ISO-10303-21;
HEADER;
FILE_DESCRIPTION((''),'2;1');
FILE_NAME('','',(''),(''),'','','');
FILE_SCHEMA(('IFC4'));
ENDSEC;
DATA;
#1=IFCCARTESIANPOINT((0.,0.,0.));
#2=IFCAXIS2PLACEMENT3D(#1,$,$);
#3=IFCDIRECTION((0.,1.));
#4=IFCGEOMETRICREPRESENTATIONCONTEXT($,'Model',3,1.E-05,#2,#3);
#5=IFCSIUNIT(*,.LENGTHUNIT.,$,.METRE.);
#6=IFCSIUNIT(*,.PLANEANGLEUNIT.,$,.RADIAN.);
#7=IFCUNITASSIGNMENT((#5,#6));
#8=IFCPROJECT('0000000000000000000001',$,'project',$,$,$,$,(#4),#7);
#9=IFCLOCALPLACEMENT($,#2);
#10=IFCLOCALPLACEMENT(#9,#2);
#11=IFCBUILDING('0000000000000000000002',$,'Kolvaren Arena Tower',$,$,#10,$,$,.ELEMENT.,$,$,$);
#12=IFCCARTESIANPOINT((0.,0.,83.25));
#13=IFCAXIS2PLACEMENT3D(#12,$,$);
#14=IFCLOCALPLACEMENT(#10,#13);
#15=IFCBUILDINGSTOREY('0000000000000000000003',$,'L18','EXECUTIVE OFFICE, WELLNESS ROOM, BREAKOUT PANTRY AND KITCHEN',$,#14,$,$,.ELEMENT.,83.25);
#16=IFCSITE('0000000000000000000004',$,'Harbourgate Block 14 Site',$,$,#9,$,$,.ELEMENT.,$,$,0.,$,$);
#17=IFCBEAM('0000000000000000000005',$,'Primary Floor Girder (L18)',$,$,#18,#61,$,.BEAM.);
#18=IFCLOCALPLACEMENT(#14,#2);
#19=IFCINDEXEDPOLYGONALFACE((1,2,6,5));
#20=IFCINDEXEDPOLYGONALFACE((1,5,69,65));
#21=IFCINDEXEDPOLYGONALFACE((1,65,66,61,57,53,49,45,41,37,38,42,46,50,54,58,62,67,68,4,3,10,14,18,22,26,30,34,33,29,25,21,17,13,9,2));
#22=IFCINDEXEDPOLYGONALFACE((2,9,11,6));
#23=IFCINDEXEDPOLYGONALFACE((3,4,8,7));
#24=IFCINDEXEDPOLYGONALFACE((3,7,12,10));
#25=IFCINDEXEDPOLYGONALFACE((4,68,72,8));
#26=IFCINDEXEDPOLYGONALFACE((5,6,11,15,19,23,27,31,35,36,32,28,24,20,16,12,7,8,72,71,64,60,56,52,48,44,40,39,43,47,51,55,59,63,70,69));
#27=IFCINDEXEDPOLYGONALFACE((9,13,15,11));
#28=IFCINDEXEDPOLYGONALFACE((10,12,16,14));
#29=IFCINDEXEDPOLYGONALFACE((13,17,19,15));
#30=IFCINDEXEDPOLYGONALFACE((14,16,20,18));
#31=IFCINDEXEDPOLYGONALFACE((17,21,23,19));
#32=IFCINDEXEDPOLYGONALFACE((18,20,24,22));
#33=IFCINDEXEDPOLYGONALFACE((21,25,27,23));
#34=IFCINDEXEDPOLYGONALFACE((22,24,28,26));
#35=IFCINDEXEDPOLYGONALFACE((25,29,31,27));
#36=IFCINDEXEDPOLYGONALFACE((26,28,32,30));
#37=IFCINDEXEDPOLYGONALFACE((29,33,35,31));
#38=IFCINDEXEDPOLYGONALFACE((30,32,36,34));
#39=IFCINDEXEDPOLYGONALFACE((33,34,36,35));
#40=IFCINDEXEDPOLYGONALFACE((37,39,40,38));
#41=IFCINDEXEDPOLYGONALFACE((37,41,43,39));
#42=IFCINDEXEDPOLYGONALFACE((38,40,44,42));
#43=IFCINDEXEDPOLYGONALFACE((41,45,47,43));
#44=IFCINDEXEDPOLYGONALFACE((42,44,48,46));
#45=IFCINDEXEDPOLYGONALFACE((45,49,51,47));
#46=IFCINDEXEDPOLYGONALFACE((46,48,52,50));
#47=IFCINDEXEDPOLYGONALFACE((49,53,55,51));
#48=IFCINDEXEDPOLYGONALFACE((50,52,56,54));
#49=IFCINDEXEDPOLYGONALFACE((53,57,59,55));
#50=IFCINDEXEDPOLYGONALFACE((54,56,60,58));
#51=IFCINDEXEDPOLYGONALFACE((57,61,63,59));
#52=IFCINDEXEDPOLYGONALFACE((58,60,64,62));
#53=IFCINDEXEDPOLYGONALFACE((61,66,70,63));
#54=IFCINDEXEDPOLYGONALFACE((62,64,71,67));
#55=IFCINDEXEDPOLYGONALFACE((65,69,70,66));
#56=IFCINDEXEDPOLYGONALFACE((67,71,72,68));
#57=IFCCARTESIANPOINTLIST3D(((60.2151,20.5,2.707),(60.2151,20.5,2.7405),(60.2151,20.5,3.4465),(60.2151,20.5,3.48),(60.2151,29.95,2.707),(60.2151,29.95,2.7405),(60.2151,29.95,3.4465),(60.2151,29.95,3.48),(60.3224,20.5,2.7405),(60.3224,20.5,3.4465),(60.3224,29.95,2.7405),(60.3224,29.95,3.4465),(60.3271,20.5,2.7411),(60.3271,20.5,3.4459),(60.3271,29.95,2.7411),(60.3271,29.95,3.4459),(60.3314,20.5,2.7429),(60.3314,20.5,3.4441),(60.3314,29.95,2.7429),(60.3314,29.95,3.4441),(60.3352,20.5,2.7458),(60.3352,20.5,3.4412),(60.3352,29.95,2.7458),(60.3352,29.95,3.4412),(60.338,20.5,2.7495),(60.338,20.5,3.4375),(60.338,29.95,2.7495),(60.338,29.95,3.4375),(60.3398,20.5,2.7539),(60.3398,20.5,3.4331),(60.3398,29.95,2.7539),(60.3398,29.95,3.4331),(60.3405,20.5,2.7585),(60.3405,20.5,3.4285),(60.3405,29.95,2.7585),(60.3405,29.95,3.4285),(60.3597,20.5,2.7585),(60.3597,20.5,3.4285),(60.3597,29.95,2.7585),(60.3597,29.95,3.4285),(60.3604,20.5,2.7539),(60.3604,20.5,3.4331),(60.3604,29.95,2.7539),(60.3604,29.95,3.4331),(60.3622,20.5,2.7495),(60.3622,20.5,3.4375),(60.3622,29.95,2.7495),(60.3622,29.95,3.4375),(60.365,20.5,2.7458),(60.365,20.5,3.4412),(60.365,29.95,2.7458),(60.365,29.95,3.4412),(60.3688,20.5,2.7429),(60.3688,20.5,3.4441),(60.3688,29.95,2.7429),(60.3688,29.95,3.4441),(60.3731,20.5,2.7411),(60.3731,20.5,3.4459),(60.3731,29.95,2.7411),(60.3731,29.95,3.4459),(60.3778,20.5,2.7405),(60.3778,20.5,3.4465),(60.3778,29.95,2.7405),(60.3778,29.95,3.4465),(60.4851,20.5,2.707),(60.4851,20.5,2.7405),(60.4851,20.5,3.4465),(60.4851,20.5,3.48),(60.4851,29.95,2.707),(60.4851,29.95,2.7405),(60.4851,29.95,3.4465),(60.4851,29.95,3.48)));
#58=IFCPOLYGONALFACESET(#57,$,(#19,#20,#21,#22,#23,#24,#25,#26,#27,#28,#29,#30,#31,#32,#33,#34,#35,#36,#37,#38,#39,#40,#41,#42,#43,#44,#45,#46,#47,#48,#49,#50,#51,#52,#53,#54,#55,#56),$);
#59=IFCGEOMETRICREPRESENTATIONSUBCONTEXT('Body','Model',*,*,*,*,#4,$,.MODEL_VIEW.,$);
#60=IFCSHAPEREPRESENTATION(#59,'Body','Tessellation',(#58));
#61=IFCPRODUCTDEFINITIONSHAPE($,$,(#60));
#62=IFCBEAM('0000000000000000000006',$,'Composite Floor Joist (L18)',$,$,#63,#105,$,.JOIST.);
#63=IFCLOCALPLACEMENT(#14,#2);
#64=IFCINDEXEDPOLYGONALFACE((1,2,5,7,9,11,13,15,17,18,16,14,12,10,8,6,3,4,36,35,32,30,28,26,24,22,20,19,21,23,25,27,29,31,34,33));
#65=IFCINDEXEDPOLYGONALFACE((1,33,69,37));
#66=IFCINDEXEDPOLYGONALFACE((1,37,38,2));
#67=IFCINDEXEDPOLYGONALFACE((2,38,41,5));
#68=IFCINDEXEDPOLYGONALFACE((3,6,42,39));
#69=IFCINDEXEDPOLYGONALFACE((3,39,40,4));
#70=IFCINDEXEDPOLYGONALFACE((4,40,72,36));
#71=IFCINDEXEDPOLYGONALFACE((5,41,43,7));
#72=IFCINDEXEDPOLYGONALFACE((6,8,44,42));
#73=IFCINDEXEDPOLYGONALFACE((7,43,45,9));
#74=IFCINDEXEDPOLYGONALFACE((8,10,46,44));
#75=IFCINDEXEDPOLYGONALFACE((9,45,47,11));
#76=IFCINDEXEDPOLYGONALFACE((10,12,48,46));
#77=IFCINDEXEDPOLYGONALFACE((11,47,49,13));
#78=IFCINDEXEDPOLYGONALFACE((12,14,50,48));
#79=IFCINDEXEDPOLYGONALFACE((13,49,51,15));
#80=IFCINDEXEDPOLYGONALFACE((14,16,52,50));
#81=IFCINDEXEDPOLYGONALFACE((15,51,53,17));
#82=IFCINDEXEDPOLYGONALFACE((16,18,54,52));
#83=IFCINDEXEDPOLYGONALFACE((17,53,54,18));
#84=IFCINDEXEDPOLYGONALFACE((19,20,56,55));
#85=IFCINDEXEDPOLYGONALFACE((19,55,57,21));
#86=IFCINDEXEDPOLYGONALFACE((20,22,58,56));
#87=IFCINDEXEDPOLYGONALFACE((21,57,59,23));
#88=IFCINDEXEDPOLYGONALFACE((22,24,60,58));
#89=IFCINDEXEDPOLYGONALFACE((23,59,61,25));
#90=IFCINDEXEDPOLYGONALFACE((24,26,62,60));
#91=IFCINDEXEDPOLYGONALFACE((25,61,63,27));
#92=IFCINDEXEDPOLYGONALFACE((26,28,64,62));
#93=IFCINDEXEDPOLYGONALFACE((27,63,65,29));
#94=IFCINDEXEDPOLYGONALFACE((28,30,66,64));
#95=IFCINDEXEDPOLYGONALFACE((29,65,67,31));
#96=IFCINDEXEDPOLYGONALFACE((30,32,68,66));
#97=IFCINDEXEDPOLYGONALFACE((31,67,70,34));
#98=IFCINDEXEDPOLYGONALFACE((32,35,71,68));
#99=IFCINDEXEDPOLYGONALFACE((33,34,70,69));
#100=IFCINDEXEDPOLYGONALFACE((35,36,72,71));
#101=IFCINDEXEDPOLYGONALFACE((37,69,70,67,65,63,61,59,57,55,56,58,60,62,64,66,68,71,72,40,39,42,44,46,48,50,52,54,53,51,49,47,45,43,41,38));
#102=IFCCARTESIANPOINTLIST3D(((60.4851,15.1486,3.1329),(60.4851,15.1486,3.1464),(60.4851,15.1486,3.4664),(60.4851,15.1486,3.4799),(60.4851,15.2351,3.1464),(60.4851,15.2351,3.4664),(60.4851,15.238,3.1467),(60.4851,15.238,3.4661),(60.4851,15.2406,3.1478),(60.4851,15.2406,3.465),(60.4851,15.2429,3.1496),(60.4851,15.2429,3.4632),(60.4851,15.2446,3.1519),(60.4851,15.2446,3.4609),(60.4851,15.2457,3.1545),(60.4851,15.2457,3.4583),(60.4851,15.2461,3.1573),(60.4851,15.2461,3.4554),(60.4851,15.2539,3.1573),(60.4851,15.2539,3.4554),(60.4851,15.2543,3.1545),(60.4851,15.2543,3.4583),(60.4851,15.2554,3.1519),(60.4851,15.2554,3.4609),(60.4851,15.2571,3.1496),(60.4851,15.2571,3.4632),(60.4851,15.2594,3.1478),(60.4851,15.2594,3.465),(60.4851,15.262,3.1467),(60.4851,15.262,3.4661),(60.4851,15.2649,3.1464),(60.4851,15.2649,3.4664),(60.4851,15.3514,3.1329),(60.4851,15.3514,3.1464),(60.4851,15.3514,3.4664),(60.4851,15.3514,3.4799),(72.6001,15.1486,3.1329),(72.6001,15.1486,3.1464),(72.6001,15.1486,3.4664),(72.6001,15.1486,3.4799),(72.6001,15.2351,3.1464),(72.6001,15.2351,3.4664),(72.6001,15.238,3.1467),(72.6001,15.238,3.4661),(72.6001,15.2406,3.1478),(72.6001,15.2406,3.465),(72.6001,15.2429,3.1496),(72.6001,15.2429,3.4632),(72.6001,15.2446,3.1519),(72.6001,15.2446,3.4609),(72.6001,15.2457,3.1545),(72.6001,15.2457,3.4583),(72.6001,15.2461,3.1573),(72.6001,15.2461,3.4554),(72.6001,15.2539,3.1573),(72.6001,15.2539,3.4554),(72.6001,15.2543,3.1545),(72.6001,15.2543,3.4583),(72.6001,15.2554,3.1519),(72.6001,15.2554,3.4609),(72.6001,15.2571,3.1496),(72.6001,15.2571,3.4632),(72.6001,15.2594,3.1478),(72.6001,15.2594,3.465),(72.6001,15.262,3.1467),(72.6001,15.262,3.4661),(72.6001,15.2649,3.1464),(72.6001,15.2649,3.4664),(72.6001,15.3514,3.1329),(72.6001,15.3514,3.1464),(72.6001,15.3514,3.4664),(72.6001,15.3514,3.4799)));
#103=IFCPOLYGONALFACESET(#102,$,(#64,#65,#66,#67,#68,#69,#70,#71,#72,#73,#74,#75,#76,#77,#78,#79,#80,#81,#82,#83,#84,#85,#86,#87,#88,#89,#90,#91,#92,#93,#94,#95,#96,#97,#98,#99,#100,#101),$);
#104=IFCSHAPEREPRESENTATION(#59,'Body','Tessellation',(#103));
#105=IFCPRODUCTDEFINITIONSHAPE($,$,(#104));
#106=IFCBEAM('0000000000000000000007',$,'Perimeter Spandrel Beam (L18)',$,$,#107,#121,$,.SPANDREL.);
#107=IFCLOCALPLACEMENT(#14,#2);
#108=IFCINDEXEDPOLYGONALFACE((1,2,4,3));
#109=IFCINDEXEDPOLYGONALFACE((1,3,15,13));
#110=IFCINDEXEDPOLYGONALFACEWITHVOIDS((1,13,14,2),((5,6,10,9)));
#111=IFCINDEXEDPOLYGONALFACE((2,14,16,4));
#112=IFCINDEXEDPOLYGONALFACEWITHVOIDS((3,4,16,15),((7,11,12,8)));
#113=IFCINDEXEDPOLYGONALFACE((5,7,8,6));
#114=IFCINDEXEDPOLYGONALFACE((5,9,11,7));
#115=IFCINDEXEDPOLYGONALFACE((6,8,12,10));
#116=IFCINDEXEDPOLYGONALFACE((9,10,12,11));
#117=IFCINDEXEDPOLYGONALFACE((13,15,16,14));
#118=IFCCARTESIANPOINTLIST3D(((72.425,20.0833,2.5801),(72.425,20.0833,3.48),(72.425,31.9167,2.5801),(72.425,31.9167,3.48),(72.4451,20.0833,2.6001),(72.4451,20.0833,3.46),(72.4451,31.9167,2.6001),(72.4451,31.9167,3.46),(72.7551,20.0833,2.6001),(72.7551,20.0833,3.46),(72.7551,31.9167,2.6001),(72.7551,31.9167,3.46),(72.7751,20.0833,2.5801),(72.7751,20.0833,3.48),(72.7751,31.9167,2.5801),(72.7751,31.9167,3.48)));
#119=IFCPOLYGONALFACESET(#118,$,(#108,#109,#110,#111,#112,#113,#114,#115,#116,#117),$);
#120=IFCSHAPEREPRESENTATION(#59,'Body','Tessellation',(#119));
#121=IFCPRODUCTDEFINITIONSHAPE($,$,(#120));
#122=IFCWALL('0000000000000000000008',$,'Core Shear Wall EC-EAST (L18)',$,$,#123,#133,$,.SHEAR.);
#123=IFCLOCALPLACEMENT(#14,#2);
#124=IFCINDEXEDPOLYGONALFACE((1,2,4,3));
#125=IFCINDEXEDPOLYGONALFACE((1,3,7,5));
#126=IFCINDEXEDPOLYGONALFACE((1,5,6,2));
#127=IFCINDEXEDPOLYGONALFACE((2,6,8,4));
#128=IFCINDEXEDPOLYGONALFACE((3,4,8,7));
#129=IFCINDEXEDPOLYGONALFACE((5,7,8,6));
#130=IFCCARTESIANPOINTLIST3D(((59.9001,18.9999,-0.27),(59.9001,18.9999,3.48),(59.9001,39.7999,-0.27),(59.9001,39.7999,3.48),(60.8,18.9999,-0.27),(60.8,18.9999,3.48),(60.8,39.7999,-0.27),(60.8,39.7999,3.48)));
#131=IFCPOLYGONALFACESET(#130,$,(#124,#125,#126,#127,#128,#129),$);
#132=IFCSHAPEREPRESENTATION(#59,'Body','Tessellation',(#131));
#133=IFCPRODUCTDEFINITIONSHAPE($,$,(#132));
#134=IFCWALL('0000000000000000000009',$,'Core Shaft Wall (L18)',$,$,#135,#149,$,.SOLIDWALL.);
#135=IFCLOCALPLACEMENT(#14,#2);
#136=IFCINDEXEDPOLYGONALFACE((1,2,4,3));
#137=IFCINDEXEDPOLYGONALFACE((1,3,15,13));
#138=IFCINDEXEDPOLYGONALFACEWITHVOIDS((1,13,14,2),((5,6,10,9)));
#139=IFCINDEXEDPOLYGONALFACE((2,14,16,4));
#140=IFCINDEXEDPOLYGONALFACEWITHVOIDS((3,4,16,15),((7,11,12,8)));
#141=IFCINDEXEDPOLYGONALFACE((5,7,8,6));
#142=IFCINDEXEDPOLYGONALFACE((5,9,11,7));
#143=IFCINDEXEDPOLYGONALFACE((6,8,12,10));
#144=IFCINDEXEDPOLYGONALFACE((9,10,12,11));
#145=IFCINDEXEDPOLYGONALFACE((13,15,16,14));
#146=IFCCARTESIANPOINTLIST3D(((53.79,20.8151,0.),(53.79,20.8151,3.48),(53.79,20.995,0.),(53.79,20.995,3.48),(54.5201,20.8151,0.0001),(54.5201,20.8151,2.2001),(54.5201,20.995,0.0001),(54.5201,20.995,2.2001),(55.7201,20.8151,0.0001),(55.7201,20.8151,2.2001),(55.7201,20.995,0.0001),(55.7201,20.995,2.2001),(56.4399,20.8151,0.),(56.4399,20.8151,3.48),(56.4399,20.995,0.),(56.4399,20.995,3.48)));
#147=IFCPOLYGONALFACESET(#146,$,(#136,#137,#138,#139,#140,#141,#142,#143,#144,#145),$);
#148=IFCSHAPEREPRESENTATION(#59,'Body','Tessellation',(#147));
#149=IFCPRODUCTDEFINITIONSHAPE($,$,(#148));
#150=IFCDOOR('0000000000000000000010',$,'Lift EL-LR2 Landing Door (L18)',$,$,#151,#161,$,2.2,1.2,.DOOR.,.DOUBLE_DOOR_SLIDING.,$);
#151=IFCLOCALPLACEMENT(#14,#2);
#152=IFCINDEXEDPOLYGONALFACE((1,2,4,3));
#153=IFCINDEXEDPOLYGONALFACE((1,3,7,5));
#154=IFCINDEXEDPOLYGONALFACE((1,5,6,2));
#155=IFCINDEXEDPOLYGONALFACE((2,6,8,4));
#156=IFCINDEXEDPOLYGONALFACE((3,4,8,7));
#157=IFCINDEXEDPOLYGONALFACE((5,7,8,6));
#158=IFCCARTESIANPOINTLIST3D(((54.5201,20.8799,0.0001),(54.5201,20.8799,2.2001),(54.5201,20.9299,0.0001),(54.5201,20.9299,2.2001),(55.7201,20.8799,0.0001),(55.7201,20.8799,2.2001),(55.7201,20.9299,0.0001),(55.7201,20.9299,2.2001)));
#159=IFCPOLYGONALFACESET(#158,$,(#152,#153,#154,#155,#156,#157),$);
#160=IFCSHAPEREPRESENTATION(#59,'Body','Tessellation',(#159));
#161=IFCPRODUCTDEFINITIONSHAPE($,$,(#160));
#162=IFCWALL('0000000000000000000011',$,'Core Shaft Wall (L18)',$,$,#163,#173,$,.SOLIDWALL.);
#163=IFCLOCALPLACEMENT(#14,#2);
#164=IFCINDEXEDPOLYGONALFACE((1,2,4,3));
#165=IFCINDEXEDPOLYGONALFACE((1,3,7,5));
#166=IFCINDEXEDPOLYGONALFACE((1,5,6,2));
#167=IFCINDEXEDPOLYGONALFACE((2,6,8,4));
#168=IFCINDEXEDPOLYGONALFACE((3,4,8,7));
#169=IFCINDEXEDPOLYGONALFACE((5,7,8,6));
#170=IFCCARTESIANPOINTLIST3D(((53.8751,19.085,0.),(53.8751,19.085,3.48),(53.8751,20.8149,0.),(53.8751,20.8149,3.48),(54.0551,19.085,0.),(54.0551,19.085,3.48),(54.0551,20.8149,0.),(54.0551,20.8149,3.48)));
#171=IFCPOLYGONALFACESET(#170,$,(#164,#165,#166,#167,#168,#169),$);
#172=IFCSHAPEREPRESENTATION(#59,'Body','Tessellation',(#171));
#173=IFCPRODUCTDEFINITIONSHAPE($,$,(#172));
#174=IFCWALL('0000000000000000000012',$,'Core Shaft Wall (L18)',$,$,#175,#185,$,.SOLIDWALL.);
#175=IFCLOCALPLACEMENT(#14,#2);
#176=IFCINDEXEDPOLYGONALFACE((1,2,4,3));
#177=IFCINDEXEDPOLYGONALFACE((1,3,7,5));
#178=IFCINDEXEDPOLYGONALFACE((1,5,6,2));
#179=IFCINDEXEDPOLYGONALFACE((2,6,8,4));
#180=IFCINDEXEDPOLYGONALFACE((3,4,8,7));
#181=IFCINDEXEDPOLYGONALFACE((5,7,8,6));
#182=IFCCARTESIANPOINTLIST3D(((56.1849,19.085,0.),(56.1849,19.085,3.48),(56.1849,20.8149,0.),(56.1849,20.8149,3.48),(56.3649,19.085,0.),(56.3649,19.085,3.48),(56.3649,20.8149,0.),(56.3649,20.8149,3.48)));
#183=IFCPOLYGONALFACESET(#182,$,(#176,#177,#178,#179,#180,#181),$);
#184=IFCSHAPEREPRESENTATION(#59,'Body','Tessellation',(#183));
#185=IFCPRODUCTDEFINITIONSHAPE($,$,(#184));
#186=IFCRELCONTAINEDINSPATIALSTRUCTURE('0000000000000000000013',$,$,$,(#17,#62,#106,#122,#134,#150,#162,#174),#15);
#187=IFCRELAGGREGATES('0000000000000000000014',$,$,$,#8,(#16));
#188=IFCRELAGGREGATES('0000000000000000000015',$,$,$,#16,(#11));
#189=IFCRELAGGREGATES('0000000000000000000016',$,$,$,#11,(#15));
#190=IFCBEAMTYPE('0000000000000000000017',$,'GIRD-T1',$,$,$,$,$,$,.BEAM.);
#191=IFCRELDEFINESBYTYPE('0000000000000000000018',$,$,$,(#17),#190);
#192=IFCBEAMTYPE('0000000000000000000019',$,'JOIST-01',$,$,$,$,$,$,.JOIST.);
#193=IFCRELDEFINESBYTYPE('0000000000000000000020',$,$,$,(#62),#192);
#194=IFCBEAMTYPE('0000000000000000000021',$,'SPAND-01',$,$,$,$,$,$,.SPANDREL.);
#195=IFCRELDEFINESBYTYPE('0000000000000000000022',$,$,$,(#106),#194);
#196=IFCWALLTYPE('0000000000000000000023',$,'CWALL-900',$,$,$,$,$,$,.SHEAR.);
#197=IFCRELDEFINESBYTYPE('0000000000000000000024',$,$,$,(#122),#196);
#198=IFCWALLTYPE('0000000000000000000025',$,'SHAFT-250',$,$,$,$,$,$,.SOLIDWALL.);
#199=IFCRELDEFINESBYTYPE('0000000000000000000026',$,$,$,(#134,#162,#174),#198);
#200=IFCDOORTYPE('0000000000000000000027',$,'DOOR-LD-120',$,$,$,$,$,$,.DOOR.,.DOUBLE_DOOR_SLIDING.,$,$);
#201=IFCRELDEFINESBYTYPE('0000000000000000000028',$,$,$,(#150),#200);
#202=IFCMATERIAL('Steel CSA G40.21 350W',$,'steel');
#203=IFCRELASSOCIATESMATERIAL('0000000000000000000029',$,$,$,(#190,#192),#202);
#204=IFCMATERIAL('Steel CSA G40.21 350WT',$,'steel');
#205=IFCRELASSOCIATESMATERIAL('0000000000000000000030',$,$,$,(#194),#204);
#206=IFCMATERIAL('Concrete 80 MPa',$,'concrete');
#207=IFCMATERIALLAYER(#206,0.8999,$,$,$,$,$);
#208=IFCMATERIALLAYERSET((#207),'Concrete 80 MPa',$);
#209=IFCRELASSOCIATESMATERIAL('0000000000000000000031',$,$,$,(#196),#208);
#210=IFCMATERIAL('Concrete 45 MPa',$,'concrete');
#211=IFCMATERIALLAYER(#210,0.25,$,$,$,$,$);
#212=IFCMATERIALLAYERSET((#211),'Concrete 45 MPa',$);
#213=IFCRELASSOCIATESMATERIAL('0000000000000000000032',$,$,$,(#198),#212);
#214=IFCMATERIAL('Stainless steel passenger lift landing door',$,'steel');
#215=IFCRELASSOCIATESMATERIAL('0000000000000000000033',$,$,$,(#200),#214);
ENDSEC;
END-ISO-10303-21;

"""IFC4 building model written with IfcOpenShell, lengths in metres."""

from ifc_helpers import new_model, si_unit, direction, frame, frame_2d, origin, origin_2d, place, context, subcontext, project, spatial, rectangle, hollow_rectangle, i_section, extrude, material, layer, layer_set, material_profile, profile_set, type_object, element, fill, save


model = new_model("IFC4")

# Units and contexts
model_context = context("Model", 3, precision=1e-05, world=origin(), true_north=direction((0.0, 1.0)))
body_context = subcontext(model_context, "Body", "Model", "MODEL_VIEW")
ifc_project = project(units=[si_unit("LENGTHUNIT", "METRE"), si_unit("PLANEANGLEUNIT", "RADIAN")], contexts=[model_context])

# Site, building, storey
site_placement = place(None, origin())
site = spatial("IfcSite", under=ifc_project, at=site_placement, Name="Harbourgate Block 14 Site", CompositionType="ELEMENT", RefElevation=0.0)
building_placement = place(site_placement, origin())
building = spatial("IfcBuilding", under=site, at=building_placement, Name="Kolvaren Arena Tower", CompositionType="ELEMENT")
storey_placement = place(building_placement, frame((0.0, 0.0, 83.25)))
storey = spatial("IfcBuildingStorey", under=building, at=storey_placement, Name="L18", Description="EXECUTIVE OFFICE, WELLNESS ROOM, BREAKOUT PANTRY AND KITCHEN", CompositionType="ELEMENT", Elevation=83.25)

# Beams
ifc_material_1 = material(Name="Steel CSA G40.21 350W", Category="steel")
ifc_material_profile_1 = material_profile(ifc_material_1, i_section(OverallWidth=0.27, OverallDepth=0.7729, WebThickness=0.0193, FlangeThickness=0.0334, FilletRadius=0.0181, at=origin_2d()), Name="W760x257")
ifc_profile_set_1 = profile_set([ifc_material_profile_1], Name="Steel CSA G40.21 350W")
beam_type_1 = type_object("IfcBeamType", Name="GIRD-T1", PredefinedType="BEAM", material=ifc_profile_set_1)
beam_1_placement = place(storey_placement, frame((60.3501, 20.5, 3.0935), z_axis=(0.0, 1.0, 0.0), x_axis=(-1.0, 0.0, 0.0)))
element("IfcBeam", 1, at=beam_1_placement, inside=storey, type_object=beam_type_1, Name="Primary Floor Girder (L18)", PredefinedType="BEAM", context=body_context, shape_type="SweptSolid", body=[
    extrude(i_section(OverallWidth=0.27, OverallDepth=0.7729, WebThickness=0.0193, FlangeThickness=0.0334, FilletRadius=0.0181, at=origin_2d()), origin(), (0.0, 0.0, 1.0), 9.45),
])
ifc_material_profile_2 = material_profile(ifc_material_1, i_section(OverallWidth=0.2029, OverallDepth=0.3469, WebThickness=0.0078, FlangeThickness=0.0134, FilletRadius=0.011, at=origin_2d()), Name="W360x64")
ifc_profile_set_2 = profile_set([ifc_material_profile_2], Name="Steel CSA G40.21 350W")
beam_type_2 = type_object("IfcBeamType", Name="JOIST-01", PredefinedType="JOIST", material=ifc_profile_set_2)
beam_2_placement = place(storey_placement, frame((60.4851, 15.25, 3.3064), z_axis=(1.0, 0.0, 0.0), x_axis=(0.0, 1.0, 0.0)))
element("IfcBeam", 2, at=beam_2_placement, inside=storey, type_object=beam_type_2, Name="Composite Floor Joist (L18)", PredefinedType="JOIST", context=body_context, shape_type="SweptSolid", body=[
    extrude(i_section(OverallWidth=0.2029, OverallDepth=0.3469, WebThickness=0.0078, FlangeThickness=0.0134, FilletRadius=0.011, at=origin_2d()), origin(), (0.0, 0.0, 1.0), 12.115),
])
ifc_material_2 = material(Name="Steel CSA G40.21 350WT", Category="steel")
ifc_material_profile_3 = material_profile(ifc_material_2, hollow_rectangle(XDim=0.3501, YDim=0.8999, WallThickness=0.02, at=origin_2d()), Name="HSS 900x350x20")
ifc_profile_set_3 = profile_set([ifc_material_profile_3], Name="Steel CSA G40.21 350WT")
beam_type_3 = type_object("IfcBeamType", Name="SPAND-01", PredefinedType="SPANDREL", material=ifc_profile_set_3)
beam_3_placement = place(storey_placement, frame((72.6001, 20.0833, 3.03), z_axis=(0.0, 1.0, 0.0), x_axis=(-1.0, 0.0, 0.0)))
element("IfcBeam", 3, at=beam_3_placement, inside=storey, type_object=beam_type_3, Name="Perimeter Spandrel Beam (L18)", PredefinedType="SPANDREL", context=body_context, shape_type="SweptSolid", body=[
    extrude(hollow_rectangle(XDim=0.3501, YDim=0.8999, WallThickness=0.02, at=origin_2d()), origin(), (0.0, 0.0, 1.0), 11.8335),
])

# Wall
ifc_material_3 = material(Name="Concrete 80 MPa", Category="concrete")
ifc_layer_1 = layer(ifc_material_3, 0.8999)
ifc_layer_set_1 = layer_set([ifc_layer_1], Name="Concrete 80 MPa")
wall_type_1 = type_object("IfcWallType", Name="CWALL-900", PredefinedType="SHEAR", material=ifc_layer_set_1)
wall_1_placement = place(storey_placement, frame((60.3501, 19.0, -0.27), z_axis=(0.0, 0.0, 1.0), x_axis=(0.0, 1.0, 0.0)))
element("IfcWall", 4, at=wall_1_placement, inside=storey, type_object=wall_type_1, Name="Core Shear Wall EC-EAST (L18)", PredefinedType="SHEAR", context=body_context, shape_type="SweptSolid", body=[
    extrude(rectangle(XDim=20.8, YDim=0.8999, at=frame_2d((10.3999, 0.0))), origin(), (0.0, 0.0, 1.0), 3.75),
])

# Wall, opening, door
ifc_material_4 = material(Name="Concrete 45 MPa", Category="concrete")
ifc_layer_2 = layer(ifc_material_4, 0.25)
ifc_layer_set_2 = layer_set([ifc_layer_2], Name="Concrete 45 MPa")
wall_type_2 = type_object("IfcWallType", Name="SHAFT-250", PredefinedType="SOLIDWALL", material=ifc_layer_set_2)
wall_2_placement = place(storey_placement, frame((53.79, 20.905, 0.0), z_axis=(0.0, 0.0, 1.0), x_axis=(1.0, 0.0, 0.0)))
wall_2 = element("IfcWall", 5, at=wall_2_placement, inside=storey, type_object=wall_type_2, Name="Core Shaft Wall (L18)", PredefinedType="SOLIDWALL", context=body_context, shape_type="SweptSolid", body=[
    extrude(rectangle(XDim=2.6499, YDim=0.1799, at=frame_2d((1.325, 0.0))), origin(), (0.0, 0.0, 1.0), 3.48),
])
opening_1_placement = place(wall_2_placement, frame((0.73, 0.0, 0.0)))
opening_1 = element("IfcOpeningElement", 6, at=opening_1_placement, cuts=wall_2, PredefinedType="OPENING", context=body_context, shape_type="SweptSolid", body=[
    extrude(rectangle(XDim=1.2, YDim=2.2, at=frame_2d((0.6001, 1.1001))), frame((0.0, 0.0999, 0.0), z_axis=(0.0, -1.0, 0.0), x_axis=(1.0, 0.0, 0.0)), (0.0, 0.0, 1.0), 0.2),
])
ifc_material_5 = material(Name="Stainless steel passenger lift landing door", Category="steel")
door_type = type_object("IfcDoorType", Name="DOOR-LD-120", OperationType="DOUBLE_DOOR_SLIDING", PredefinedType="DOOR", material=ifc_material_5)
door_1_placement = place(opening_1_placement, origin())
door_1 = element("IfcDoor", 7, at=door_1_placement, inside=storey, type_object=door_type, Name="Lift EL-LR2 Landing Door (L18)", OperationType="DOUBLE_DOOR_SLIDING", OverallHeight=2.2, OverallWidth=1.2, PredefinedType="DOOR", context=body_context, shape_type="SweptSolid", body=[
    extrude(rectangle(XDim=1.2, YDim=2.2, at=frame_2d((0.6001, 1.1001))), frame((0.0, 0.0249, 0.0), z_axis=(0.0, -1.0, 0.0), x_axis=(1.0, 0.0, 0.0)), (0.0, 0.0, 1.0), 0.05),
])
fill(opening_1, door_1)

# Walls
for number, where, z_axis, x_axis, name in (
    (8, (53.9651, 19.085, 0.0), (0.0, 0.0, 1.0), (0.0, 1.0, 0.0), "Core Shaft Wall (L18)"),
    (9, (56.2749, 19.085, 0.0), (0.0, 0.0, 1.0), (0.0, 1.0, 0.0), "Core Shaft Wall (L18)"),
):
    element("IfcWall", number, at=place(storey_placement, frame(where, z_axis=z_axis, x_axis=x_axis)), inside=storey, type_object=wall_type_2, Name=name, PredefinedType="SOLIDWALL", context=body_context, shape_type="SweptSolid", body=[
        extrude(rectangle(XDim=1.73, YDim=0.1799, at=frame_2d((0.865, 0.0))), origin(), (0.0, 0.0, 1.0), 3.48),
    ])

save(model, "model.ifc")
